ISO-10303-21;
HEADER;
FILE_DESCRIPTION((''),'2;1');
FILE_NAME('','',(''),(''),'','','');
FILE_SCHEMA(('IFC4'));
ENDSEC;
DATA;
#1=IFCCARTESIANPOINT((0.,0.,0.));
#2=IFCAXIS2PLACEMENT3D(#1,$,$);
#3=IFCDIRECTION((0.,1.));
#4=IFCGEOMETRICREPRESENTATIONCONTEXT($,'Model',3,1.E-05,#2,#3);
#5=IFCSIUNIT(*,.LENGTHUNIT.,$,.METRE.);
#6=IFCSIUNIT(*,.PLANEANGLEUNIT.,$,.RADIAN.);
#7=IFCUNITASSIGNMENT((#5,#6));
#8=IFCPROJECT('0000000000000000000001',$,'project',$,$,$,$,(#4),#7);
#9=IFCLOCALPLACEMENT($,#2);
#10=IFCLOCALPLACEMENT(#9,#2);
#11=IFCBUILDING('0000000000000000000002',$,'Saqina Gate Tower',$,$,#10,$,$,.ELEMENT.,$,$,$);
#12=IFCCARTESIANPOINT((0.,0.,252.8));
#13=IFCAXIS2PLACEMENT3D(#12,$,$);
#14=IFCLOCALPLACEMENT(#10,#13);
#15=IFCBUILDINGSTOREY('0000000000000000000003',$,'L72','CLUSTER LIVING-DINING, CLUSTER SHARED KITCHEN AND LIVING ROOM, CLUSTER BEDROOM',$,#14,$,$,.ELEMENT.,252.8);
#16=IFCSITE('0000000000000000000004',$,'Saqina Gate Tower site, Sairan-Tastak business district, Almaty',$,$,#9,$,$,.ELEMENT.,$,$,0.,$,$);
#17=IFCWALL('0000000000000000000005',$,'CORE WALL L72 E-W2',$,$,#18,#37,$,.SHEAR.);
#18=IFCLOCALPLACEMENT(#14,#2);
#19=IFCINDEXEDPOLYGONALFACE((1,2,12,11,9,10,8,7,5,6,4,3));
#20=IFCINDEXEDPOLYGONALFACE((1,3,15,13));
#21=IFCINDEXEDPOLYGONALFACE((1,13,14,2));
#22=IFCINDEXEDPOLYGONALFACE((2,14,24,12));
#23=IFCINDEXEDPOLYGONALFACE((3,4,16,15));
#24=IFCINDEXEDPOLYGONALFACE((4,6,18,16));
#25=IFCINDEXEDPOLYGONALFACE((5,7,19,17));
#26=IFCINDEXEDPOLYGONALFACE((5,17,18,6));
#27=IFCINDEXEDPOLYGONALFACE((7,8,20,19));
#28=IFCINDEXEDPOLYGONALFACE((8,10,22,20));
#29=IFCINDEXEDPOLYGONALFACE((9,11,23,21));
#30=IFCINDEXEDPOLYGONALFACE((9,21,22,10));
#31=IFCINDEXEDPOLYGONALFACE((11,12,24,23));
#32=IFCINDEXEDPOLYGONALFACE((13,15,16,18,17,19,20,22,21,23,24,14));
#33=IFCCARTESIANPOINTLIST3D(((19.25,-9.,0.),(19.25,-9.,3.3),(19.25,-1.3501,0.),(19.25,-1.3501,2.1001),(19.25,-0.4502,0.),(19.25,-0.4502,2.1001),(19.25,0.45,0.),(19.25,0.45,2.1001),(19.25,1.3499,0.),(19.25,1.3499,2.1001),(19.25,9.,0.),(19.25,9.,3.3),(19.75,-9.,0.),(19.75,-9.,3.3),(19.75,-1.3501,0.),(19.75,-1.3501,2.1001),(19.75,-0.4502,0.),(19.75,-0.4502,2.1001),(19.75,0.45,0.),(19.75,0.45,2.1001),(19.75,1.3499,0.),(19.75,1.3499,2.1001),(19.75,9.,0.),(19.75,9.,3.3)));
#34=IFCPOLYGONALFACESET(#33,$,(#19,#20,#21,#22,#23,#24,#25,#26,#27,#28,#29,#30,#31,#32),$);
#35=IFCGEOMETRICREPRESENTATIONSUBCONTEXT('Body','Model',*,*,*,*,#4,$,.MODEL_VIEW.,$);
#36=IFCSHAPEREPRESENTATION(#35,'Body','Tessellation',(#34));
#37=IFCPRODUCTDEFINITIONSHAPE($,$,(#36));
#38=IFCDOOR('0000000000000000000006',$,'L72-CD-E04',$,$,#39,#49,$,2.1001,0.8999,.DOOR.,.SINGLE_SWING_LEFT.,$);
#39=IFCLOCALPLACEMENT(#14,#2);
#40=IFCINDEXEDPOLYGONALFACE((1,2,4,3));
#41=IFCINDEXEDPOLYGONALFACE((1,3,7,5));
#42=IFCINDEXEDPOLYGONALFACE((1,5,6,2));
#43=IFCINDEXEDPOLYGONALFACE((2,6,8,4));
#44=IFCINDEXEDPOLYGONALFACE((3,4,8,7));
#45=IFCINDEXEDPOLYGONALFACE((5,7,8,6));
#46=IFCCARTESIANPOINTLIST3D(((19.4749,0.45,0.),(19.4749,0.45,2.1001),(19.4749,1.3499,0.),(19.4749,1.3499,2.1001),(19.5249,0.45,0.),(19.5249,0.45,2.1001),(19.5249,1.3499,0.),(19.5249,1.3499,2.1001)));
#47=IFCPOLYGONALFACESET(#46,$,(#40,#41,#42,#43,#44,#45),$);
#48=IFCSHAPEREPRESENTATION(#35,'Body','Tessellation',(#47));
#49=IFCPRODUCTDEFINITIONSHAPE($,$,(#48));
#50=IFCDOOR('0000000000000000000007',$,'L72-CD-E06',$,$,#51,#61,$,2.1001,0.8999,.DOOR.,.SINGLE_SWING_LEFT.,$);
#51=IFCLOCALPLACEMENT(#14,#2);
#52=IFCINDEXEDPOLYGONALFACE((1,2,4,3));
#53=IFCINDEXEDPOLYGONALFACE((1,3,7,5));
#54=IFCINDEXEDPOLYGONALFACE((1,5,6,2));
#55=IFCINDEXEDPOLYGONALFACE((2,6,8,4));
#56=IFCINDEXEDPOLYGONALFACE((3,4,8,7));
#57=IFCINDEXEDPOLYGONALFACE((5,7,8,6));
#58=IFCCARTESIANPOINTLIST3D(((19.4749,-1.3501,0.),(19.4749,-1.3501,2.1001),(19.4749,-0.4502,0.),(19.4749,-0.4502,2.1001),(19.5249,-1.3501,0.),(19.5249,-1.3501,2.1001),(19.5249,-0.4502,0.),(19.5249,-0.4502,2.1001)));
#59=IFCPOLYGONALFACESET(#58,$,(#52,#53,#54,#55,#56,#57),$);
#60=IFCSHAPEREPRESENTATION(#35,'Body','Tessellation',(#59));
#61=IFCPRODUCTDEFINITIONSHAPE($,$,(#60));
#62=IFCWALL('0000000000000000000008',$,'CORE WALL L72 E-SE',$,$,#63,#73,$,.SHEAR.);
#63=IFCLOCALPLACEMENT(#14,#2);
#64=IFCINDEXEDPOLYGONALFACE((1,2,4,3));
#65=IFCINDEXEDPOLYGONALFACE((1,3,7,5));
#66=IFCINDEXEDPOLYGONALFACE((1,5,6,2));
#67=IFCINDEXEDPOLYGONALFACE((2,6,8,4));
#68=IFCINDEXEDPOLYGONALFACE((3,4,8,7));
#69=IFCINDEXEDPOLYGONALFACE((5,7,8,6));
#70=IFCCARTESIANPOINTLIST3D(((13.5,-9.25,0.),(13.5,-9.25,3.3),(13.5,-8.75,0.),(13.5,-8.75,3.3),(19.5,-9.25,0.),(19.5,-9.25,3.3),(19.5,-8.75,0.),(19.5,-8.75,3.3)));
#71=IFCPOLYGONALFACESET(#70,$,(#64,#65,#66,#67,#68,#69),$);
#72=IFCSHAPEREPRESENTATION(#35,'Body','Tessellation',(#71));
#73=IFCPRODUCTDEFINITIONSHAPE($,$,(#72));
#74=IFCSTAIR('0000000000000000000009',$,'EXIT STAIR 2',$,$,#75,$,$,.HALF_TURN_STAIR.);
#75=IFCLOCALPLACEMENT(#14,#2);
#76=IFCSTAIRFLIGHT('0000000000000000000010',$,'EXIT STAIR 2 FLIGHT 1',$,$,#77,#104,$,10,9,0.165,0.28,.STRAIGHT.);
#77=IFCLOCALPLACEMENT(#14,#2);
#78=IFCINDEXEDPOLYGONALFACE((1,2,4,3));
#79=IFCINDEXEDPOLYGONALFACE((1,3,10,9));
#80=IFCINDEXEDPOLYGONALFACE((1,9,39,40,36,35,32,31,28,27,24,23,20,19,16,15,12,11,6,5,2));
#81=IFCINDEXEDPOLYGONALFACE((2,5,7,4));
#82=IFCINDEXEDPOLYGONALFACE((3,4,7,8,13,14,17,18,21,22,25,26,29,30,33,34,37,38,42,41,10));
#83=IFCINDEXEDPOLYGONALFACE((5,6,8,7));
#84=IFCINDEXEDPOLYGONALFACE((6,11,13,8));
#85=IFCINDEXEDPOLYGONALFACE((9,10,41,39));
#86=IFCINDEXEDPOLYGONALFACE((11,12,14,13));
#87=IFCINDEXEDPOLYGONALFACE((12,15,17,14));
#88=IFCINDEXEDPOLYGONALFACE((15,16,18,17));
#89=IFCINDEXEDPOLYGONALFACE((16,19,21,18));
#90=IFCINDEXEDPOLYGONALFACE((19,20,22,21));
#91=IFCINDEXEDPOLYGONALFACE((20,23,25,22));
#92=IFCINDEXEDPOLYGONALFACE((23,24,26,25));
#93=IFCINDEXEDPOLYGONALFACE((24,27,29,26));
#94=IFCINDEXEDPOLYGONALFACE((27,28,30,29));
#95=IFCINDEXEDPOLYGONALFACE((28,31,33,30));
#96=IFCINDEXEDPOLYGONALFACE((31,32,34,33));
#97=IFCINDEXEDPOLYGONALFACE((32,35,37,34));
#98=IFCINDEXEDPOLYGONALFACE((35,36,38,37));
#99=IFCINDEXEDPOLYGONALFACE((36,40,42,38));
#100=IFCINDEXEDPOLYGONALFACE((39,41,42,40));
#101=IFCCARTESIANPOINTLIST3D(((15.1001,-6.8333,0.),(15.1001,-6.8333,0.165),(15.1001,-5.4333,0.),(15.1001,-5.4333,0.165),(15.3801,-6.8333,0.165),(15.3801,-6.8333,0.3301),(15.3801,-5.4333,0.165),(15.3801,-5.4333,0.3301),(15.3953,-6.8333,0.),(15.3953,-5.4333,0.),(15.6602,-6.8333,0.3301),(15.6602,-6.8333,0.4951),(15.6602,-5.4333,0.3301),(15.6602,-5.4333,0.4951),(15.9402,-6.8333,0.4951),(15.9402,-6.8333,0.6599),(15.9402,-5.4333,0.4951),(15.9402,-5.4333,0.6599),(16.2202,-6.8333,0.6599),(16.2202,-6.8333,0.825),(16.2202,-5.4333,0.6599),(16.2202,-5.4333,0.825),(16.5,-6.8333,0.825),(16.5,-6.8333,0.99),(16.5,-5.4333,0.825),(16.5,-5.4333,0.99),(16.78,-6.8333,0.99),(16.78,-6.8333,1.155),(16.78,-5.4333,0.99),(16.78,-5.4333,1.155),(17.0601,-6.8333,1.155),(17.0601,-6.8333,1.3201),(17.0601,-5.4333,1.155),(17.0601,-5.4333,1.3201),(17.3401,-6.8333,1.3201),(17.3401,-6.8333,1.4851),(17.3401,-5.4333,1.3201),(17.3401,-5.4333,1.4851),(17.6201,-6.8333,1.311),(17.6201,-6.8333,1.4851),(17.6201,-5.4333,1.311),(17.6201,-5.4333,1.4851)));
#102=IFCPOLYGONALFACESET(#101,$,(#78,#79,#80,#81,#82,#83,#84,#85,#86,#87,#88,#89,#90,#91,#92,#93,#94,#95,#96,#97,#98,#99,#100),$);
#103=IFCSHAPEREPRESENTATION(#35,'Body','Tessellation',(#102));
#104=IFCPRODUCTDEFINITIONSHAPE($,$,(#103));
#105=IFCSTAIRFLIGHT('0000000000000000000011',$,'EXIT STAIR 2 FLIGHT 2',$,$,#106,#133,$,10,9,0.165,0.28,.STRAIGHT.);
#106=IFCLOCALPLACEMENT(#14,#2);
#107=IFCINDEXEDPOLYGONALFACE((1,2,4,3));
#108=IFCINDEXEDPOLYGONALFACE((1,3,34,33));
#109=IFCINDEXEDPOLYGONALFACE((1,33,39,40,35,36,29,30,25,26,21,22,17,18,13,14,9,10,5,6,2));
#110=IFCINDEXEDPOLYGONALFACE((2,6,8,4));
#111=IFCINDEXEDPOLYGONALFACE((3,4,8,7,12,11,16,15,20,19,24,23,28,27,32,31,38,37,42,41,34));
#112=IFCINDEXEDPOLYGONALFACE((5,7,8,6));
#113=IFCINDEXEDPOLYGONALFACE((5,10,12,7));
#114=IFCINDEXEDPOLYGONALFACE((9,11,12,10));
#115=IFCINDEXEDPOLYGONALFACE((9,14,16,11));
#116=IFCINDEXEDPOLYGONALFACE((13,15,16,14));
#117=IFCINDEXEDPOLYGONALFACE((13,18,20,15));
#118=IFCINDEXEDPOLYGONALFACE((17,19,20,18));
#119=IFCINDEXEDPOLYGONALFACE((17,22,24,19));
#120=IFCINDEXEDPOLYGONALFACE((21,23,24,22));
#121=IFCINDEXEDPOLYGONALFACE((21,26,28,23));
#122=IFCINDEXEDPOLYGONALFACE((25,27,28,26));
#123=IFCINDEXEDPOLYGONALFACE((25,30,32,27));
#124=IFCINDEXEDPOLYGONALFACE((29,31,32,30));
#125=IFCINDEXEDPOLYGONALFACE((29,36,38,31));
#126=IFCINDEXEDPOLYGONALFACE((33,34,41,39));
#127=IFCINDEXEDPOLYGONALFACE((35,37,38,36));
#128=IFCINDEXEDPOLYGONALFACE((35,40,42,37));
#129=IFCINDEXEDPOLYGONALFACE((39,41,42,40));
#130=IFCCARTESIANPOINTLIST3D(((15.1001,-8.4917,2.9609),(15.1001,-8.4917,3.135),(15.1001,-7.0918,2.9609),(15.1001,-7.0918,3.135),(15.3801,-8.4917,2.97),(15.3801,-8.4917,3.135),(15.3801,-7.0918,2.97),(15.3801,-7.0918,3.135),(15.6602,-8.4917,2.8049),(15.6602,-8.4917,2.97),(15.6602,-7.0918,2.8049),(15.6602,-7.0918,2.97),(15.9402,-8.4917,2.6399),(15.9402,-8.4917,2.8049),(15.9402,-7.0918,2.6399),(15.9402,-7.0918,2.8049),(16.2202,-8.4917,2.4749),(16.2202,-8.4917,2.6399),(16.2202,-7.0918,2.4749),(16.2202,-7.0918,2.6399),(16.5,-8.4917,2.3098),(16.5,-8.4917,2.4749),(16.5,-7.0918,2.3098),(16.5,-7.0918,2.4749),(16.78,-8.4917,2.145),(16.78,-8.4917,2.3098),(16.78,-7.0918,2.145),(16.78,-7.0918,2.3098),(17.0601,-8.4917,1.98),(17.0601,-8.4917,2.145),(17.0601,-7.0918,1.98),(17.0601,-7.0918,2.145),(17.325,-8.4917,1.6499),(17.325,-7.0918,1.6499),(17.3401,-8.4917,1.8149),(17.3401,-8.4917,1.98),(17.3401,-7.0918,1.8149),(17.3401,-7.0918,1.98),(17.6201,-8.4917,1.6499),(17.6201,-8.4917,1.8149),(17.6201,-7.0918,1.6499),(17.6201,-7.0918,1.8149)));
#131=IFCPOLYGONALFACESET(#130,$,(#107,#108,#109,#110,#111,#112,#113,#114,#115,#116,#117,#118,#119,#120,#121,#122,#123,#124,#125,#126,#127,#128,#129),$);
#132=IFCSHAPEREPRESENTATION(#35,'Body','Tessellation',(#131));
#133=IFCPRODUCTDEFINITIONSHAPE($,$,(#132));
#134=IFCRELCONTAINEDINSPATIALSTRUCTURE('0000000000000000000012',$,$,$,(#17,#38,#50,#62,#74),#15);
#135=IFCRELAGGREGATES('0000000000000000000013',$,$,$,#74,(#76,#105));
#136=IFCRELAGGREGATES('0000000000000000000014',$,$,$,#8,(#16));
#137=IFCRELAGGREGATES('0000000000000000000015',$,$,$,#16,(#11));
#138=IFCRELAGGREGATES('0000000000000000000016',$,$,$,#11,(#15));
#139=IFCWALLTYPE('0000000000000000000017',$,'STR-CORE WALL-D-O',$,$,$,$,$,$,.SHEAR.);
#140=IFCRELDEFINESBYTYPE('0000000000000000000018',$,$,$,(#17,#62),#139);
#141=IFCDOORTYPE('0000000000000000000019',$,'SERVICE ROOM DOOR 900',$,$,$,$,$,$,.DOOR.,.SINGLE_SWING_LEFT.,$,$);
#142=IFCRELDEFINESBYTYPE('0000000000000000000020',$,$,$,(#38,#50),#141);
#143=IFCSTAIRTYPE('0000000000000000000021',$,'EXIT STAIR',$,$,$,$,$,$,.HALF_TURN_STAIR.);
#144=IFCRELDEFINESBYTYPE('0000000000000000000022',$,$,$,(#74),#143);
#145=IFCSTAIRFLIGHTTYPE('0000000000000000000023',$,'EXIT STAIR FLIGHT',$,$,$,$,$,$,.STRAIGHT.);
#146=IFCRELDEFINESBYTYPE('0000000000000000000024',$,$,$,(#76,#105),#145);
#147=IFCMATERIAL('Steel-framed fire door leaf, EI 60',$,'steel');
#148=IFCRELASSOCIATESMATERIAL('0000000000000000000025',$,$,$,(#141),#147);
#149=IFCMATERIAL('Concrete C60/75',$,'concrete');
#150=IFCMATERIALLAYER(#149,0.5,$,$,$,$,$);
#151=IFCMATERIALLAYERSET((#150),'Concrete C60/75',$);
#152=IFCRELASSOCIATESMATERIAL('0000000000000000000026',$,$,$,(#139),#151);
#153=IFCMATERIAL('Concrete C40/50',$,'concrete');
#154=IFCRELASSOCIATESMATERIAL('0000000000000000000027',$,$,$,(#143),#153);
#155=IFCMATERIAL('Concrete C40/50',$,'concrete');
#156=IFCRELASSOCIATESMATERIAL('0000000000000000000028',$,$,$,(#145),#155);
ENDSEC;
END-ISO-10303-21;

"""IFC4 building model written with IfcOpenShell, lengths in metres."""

from ifc_helpers import new_model, si_unit, direction, frame, frame_2d, origin, place, context, subcontext, project, spatial, polyline, rectangle, outline, extrude, material, layer, layer_set, type_object, element, fill, aggregate, save


model = new_model("IFC4")

# Units and contexts
model_context = context("Model", 3, precision=1e-05, world=origin(), true_north=direction((0.0, 1.0)))
body_context = subcontext(model_context, "Body", "Model", "MODEL_VIEW")
ifc_project = project(units=[si_unit("LENGTHUNIT", "METRE"), si_unit("PLANEANGLEUNIT", "RADIAN")], contexts=[model_context])

# Site, building, storey
site_placement = place(None, origin())
site = spatial("IfcSite", under=ifc_project, at=site_placement, Name="Saqina Gate Tower site, Sairan-Tastak business district, Almaty", CompositionType="ELEMENT", RefElevation=0.0)
building_placement = place(site_placement, origin())
building = spatial("IfcBuilding", under=site, at=building_placement, Name="Saqina Gate Tower", CompositionType="ELEMENT")
storey_placement = place(building_placement, frame((0.0, 0.0, 252.8)))
storey = spatial("IfcBuildingStorey", under=building, at=storey_placement, Name="L72", Description="CLUSTER LIVING-DINING, CLUSTER SHARED KITCHEN AND LIVING ROOM, CLUSTER BEDROOM", CompositionType="ELEMENT", Elevation=252.8)

# Shared definitions
ifc_material_1 = material(Name="Steel-framed fire door leaf, EI 60", Category="steel")
door_type_1 = type_object("IfcDoorType", Name="SERVICE ROOM DOOR 900", OperationType="SINGLE_SWING_LEFT", PredefinedType="DOOR", material=ifc_material_1)

# Wall, openings, doors
ifc_material_2 = material(Name="Concrete C60/75", Category="concrete")
ifc_layer_1 = layer(ifc_material_2, 0.5)
ifc_layer_set_1 = layer_set([ifc_layer_1], Name="Concrete C60/75")
wall_type_1 = type_object("IfcWallType", Name="STR-CORE WALL-D-O", PredefinedType="SHEAR", material=ifc_layer_set_1)
wall_1_placement = place(storey_placement, frame((19.5, -9.0, 0.0), z_axis=(0.0, 0.0, 1.0), x_axis=(0.0, 1.0, 0.0)))
wall_1 = element("IfcWall", 1, at=wall_1_placement, inside=storey, type_object=wall_type_1, Name="CORE WALL L72 E-W2", PredefinedType="SHEAR", context=body_context, shape_type="SweptSolid", body=[
    extrude(rectangle(XDim=18.0, YDim=0.5, at=frame_2d((9.0, 0.0))), origin(), (0.0, 0.0, 1.0), 3.3),
])
opening_1_placement = place(wall_1_placement, frame((9.45, 0.0, 0.0)))
opening_1 = element("IfcOpeningElement", 2, at=opening_1_placement, cuts=wall_1, PredefinedType="OPENING", context=body_context, shape_type="SweptSolid", body=[
    extrude(rectangle(XDim=0.8999, YDim=2.1001, at=frame_2d((0.45, 1.05))), frame((0.0, 0.262, 0.0), z_axis=(0.0, -1.0, 0.0), x_axis=(1.0, 0.0, 0.0)), (0.0, 0.0, 1.0), 0.5239),
])
opening_2_placement = place(wall_1_placement, frame((7.6499, 0.0, 0.0)))
opening_2 = element("IfcOpeningElement", 3, at=opening_2_placement, cuts=wall_1, PredefinedType="OPENING", context=body_context, shape_type="SweptSolid", body=[
    extrude(rectangle(XDim=0.8999, YDim=2.1001, at=frame_2d((0.45, 1.05))), frame((0.0, 0.262, 0.0), z_axis=(0.0, -1.0, 0.0), x_axis=(1.0, 0.0, 0.0)), (0.0, 0.0, 1.0), 0.5239),
])
door_1_placement = place(opening_1_placement, frame((0.8999, 0.0, 0.0), z_axis=(0.0, 0.0, 1.0), x_axis=(-1.0, 0.0, 0.0)))
door_1 = element("IfcDoor", 4, at=door_1_placement, inside=storey, type_object=door_type_1, Name="L72-CD-E04", OperationType="SINGLE_SWING_LEFT", OverallHeight=2.1001, OverallWidth=0.8999, PredefinedType="DOOR", context=body_context, shape_type="SweptSolid", body=[
    extrude(rectangle(XDim=0.8999, YDim=2.1001, at=frame_2d((0.45, 1.05))), frame((0.0, 0.0249, 0.0), z_axis=(0.0, -1.0, 0.0), x_axis=(1.0, 0.0, 0.0)), (0.0, 0.0, 1.0), 0.05),
])
fill(opening_1, door_1)
door_2_placement = place(opening_2_placement, frame((0.8999, 0.0, 0.0), z_axis=(0.0, 0.0, 1.0), x_axis=(-1.0, 0.0, 0.0)))
door_2 = element("IfcDoor", 5, at=door_2_placement, inside=storey, type_object=door_type_1, Name="L72-CD-E06", OperationType="SINGLE_SWING_LEFT", OverallHeight=2.1001, OverallWidth=0.8999, PredefinedType="DOOR", context=body_context, shape_type="SweptSolid", body=[
    extrude(rectangle(XDim=0.8999, YDim=2.1001, at=frame_2d((0.45, 1.05))), frame((0.0, 0.0249, 0.0), z_axis=(0.0, -1.0, 0.0), x_axis=(1.0, 0.0, 0.0)), (0.0, 0.0, 1.0), 0.05),
])
fill(opening_2, door_2)

# Wall
wall_2_placement = place(storey_placement, frame((13.5, -9.0, 0.0), z_axis=(0.0, 0.0, 1.0), x_axis=(1.0, 0.0, 0.0)))
element("IfcWall", 6, at=wall_2_placement, inside=storey, type_object=wall_type_1, Name="CORE WALL L72 E-SE", PredefinedType="SHEAR", context=body_context, shape_type="SweptSolid", body=[
    extrude(rectangle(XDim=6.0, YDim=0.5, at=frame_2d((3.0, 0.0))), origin(), (0.0, 0.0, 1.0), 3.3),
])

# Stair, stair flights
ifc_material_3 = material(Name="Concrete C40/50", Category="concrete")
stair_type = type_object("IfcStairType", Name="EXIT STAIR", PredefinedType="HALF_TURN_STAIR", material=ifc_material_3)
stair_placement = place(storey_placement, origin())
stair = element("IfcStair", 7, at=stair_placement, inside=storey, type_object=stair_type, Name="EXIT STAIR 2", PredefinedType="HALF_TURN_STAIR")
ifc_material_4 = material(Name="Concrete C40/50", Category="concrete")
stair_flight_type = type_object("IfcStairFlightType", Name="EXIT STAIR FLIGHT", PredefinedType="STRAIGHT", material=ifc_material_4)
stair_flight_1_placement = place(storey_placement, frame((15.1001, -6.1333, 0.0), z_axis=(0.0, 0.0, 1.0), x_axis=(1.0, 0.0, 0.0)))
stair_flight_1 = element("IfcStairFlight", 8, at=stair_flight_1_placement, type_object=stair_flight_type, Name="EXIT STAIR 2 FLIGHT 1", NumberOfRisers=10, NumberOfTreads=9, PredefinedType="STRAIGHT", RiserHeight=0.165, TreadLength=0.28, context=body_context, shape_type="SweptSolid", body=[
    extrude(outline(polyline([(0.0, 0.0), (0.0, 0.165), (0.28, 0.165), (0.28, 0.3301), (0.5601, 0.3301), (0.5601, 0.4951), (0.8401, 0.4951), (0.8401, 0.6599), (1.1201, 0.6599), (1.1201, 0.825), (1.3999, 0.825), (1.3999, 0.99), (1.6799, 0.99), (1.6799, 1.155), (1.96, 1.155), (1.96, 1.3201), (2.24, 1.3201), (2.24, 1.4851), (2.52, 1.4851), (2.52, 1.6499), (2.52, 1.311), (0.2952, 0.0), (0.0, 0.0)])), frame((0.0, 0.7, 0.0), z_axis=(0.0, -1.0, 0.0), x_axis=(1.0, 0.0, 0.0)), (0.0, 0.0, 1.0), 1.3999),
])
stair_flight_2_placement = place(storey_placement, frame((17.6201, -7.7917, 1.6499), z_axis=(0.0, 0.0, 1.0), x_axis=(-1.0, 0.0, 0.0)))
stair_flight_2 = element("IfcStairFlight", 9, at=stair_flight_2_placement, type_object=stair_flight_type, Name="EXIT STAIR 2 FLIGHT 2", NumberOfRisers=10, NumberOfTreads=9, PredefinedType="STRAIGHT", RiserHeight=0.165, TreadLength=0.28, context=body_context, shape_type="SweptSolid", body=[
    extrude(outline(polyline([(0.0, 0.0), (0.0, 0.165), (0.28, 0.165), (0.28, 0.3301), (0.5601, 0.3301), (0.5601, 0.4951), (0.8401, 0.4951), (0.8401, 0.6599), (1.1201, 0.6599), (1.1201, 0.825), (1.3999, 0.825), (1.3999, 0.99), (1.6799, 0.99), (1.6799, 1.155), (1.96, 1.155), (1.96, 1.3201), (2.24, 1.3201), (2.24, 1.4851), (2.52, 1.4851), (2.52, 1.6499), (2.52, 1.311), (0.2952, 0.0), (0.0, 0.0)])), frame((0.0, 0.7, 0.0), z_axis=(0.0, -1.0, 0.0), x_axis=(1.0, 0.0, 0.0)), (0.0, 0.0, 1.0), 1.3999),
])
aggregate(stair, [stair_flight_1, stair_flight_2])

save(model, "model.ifc")
